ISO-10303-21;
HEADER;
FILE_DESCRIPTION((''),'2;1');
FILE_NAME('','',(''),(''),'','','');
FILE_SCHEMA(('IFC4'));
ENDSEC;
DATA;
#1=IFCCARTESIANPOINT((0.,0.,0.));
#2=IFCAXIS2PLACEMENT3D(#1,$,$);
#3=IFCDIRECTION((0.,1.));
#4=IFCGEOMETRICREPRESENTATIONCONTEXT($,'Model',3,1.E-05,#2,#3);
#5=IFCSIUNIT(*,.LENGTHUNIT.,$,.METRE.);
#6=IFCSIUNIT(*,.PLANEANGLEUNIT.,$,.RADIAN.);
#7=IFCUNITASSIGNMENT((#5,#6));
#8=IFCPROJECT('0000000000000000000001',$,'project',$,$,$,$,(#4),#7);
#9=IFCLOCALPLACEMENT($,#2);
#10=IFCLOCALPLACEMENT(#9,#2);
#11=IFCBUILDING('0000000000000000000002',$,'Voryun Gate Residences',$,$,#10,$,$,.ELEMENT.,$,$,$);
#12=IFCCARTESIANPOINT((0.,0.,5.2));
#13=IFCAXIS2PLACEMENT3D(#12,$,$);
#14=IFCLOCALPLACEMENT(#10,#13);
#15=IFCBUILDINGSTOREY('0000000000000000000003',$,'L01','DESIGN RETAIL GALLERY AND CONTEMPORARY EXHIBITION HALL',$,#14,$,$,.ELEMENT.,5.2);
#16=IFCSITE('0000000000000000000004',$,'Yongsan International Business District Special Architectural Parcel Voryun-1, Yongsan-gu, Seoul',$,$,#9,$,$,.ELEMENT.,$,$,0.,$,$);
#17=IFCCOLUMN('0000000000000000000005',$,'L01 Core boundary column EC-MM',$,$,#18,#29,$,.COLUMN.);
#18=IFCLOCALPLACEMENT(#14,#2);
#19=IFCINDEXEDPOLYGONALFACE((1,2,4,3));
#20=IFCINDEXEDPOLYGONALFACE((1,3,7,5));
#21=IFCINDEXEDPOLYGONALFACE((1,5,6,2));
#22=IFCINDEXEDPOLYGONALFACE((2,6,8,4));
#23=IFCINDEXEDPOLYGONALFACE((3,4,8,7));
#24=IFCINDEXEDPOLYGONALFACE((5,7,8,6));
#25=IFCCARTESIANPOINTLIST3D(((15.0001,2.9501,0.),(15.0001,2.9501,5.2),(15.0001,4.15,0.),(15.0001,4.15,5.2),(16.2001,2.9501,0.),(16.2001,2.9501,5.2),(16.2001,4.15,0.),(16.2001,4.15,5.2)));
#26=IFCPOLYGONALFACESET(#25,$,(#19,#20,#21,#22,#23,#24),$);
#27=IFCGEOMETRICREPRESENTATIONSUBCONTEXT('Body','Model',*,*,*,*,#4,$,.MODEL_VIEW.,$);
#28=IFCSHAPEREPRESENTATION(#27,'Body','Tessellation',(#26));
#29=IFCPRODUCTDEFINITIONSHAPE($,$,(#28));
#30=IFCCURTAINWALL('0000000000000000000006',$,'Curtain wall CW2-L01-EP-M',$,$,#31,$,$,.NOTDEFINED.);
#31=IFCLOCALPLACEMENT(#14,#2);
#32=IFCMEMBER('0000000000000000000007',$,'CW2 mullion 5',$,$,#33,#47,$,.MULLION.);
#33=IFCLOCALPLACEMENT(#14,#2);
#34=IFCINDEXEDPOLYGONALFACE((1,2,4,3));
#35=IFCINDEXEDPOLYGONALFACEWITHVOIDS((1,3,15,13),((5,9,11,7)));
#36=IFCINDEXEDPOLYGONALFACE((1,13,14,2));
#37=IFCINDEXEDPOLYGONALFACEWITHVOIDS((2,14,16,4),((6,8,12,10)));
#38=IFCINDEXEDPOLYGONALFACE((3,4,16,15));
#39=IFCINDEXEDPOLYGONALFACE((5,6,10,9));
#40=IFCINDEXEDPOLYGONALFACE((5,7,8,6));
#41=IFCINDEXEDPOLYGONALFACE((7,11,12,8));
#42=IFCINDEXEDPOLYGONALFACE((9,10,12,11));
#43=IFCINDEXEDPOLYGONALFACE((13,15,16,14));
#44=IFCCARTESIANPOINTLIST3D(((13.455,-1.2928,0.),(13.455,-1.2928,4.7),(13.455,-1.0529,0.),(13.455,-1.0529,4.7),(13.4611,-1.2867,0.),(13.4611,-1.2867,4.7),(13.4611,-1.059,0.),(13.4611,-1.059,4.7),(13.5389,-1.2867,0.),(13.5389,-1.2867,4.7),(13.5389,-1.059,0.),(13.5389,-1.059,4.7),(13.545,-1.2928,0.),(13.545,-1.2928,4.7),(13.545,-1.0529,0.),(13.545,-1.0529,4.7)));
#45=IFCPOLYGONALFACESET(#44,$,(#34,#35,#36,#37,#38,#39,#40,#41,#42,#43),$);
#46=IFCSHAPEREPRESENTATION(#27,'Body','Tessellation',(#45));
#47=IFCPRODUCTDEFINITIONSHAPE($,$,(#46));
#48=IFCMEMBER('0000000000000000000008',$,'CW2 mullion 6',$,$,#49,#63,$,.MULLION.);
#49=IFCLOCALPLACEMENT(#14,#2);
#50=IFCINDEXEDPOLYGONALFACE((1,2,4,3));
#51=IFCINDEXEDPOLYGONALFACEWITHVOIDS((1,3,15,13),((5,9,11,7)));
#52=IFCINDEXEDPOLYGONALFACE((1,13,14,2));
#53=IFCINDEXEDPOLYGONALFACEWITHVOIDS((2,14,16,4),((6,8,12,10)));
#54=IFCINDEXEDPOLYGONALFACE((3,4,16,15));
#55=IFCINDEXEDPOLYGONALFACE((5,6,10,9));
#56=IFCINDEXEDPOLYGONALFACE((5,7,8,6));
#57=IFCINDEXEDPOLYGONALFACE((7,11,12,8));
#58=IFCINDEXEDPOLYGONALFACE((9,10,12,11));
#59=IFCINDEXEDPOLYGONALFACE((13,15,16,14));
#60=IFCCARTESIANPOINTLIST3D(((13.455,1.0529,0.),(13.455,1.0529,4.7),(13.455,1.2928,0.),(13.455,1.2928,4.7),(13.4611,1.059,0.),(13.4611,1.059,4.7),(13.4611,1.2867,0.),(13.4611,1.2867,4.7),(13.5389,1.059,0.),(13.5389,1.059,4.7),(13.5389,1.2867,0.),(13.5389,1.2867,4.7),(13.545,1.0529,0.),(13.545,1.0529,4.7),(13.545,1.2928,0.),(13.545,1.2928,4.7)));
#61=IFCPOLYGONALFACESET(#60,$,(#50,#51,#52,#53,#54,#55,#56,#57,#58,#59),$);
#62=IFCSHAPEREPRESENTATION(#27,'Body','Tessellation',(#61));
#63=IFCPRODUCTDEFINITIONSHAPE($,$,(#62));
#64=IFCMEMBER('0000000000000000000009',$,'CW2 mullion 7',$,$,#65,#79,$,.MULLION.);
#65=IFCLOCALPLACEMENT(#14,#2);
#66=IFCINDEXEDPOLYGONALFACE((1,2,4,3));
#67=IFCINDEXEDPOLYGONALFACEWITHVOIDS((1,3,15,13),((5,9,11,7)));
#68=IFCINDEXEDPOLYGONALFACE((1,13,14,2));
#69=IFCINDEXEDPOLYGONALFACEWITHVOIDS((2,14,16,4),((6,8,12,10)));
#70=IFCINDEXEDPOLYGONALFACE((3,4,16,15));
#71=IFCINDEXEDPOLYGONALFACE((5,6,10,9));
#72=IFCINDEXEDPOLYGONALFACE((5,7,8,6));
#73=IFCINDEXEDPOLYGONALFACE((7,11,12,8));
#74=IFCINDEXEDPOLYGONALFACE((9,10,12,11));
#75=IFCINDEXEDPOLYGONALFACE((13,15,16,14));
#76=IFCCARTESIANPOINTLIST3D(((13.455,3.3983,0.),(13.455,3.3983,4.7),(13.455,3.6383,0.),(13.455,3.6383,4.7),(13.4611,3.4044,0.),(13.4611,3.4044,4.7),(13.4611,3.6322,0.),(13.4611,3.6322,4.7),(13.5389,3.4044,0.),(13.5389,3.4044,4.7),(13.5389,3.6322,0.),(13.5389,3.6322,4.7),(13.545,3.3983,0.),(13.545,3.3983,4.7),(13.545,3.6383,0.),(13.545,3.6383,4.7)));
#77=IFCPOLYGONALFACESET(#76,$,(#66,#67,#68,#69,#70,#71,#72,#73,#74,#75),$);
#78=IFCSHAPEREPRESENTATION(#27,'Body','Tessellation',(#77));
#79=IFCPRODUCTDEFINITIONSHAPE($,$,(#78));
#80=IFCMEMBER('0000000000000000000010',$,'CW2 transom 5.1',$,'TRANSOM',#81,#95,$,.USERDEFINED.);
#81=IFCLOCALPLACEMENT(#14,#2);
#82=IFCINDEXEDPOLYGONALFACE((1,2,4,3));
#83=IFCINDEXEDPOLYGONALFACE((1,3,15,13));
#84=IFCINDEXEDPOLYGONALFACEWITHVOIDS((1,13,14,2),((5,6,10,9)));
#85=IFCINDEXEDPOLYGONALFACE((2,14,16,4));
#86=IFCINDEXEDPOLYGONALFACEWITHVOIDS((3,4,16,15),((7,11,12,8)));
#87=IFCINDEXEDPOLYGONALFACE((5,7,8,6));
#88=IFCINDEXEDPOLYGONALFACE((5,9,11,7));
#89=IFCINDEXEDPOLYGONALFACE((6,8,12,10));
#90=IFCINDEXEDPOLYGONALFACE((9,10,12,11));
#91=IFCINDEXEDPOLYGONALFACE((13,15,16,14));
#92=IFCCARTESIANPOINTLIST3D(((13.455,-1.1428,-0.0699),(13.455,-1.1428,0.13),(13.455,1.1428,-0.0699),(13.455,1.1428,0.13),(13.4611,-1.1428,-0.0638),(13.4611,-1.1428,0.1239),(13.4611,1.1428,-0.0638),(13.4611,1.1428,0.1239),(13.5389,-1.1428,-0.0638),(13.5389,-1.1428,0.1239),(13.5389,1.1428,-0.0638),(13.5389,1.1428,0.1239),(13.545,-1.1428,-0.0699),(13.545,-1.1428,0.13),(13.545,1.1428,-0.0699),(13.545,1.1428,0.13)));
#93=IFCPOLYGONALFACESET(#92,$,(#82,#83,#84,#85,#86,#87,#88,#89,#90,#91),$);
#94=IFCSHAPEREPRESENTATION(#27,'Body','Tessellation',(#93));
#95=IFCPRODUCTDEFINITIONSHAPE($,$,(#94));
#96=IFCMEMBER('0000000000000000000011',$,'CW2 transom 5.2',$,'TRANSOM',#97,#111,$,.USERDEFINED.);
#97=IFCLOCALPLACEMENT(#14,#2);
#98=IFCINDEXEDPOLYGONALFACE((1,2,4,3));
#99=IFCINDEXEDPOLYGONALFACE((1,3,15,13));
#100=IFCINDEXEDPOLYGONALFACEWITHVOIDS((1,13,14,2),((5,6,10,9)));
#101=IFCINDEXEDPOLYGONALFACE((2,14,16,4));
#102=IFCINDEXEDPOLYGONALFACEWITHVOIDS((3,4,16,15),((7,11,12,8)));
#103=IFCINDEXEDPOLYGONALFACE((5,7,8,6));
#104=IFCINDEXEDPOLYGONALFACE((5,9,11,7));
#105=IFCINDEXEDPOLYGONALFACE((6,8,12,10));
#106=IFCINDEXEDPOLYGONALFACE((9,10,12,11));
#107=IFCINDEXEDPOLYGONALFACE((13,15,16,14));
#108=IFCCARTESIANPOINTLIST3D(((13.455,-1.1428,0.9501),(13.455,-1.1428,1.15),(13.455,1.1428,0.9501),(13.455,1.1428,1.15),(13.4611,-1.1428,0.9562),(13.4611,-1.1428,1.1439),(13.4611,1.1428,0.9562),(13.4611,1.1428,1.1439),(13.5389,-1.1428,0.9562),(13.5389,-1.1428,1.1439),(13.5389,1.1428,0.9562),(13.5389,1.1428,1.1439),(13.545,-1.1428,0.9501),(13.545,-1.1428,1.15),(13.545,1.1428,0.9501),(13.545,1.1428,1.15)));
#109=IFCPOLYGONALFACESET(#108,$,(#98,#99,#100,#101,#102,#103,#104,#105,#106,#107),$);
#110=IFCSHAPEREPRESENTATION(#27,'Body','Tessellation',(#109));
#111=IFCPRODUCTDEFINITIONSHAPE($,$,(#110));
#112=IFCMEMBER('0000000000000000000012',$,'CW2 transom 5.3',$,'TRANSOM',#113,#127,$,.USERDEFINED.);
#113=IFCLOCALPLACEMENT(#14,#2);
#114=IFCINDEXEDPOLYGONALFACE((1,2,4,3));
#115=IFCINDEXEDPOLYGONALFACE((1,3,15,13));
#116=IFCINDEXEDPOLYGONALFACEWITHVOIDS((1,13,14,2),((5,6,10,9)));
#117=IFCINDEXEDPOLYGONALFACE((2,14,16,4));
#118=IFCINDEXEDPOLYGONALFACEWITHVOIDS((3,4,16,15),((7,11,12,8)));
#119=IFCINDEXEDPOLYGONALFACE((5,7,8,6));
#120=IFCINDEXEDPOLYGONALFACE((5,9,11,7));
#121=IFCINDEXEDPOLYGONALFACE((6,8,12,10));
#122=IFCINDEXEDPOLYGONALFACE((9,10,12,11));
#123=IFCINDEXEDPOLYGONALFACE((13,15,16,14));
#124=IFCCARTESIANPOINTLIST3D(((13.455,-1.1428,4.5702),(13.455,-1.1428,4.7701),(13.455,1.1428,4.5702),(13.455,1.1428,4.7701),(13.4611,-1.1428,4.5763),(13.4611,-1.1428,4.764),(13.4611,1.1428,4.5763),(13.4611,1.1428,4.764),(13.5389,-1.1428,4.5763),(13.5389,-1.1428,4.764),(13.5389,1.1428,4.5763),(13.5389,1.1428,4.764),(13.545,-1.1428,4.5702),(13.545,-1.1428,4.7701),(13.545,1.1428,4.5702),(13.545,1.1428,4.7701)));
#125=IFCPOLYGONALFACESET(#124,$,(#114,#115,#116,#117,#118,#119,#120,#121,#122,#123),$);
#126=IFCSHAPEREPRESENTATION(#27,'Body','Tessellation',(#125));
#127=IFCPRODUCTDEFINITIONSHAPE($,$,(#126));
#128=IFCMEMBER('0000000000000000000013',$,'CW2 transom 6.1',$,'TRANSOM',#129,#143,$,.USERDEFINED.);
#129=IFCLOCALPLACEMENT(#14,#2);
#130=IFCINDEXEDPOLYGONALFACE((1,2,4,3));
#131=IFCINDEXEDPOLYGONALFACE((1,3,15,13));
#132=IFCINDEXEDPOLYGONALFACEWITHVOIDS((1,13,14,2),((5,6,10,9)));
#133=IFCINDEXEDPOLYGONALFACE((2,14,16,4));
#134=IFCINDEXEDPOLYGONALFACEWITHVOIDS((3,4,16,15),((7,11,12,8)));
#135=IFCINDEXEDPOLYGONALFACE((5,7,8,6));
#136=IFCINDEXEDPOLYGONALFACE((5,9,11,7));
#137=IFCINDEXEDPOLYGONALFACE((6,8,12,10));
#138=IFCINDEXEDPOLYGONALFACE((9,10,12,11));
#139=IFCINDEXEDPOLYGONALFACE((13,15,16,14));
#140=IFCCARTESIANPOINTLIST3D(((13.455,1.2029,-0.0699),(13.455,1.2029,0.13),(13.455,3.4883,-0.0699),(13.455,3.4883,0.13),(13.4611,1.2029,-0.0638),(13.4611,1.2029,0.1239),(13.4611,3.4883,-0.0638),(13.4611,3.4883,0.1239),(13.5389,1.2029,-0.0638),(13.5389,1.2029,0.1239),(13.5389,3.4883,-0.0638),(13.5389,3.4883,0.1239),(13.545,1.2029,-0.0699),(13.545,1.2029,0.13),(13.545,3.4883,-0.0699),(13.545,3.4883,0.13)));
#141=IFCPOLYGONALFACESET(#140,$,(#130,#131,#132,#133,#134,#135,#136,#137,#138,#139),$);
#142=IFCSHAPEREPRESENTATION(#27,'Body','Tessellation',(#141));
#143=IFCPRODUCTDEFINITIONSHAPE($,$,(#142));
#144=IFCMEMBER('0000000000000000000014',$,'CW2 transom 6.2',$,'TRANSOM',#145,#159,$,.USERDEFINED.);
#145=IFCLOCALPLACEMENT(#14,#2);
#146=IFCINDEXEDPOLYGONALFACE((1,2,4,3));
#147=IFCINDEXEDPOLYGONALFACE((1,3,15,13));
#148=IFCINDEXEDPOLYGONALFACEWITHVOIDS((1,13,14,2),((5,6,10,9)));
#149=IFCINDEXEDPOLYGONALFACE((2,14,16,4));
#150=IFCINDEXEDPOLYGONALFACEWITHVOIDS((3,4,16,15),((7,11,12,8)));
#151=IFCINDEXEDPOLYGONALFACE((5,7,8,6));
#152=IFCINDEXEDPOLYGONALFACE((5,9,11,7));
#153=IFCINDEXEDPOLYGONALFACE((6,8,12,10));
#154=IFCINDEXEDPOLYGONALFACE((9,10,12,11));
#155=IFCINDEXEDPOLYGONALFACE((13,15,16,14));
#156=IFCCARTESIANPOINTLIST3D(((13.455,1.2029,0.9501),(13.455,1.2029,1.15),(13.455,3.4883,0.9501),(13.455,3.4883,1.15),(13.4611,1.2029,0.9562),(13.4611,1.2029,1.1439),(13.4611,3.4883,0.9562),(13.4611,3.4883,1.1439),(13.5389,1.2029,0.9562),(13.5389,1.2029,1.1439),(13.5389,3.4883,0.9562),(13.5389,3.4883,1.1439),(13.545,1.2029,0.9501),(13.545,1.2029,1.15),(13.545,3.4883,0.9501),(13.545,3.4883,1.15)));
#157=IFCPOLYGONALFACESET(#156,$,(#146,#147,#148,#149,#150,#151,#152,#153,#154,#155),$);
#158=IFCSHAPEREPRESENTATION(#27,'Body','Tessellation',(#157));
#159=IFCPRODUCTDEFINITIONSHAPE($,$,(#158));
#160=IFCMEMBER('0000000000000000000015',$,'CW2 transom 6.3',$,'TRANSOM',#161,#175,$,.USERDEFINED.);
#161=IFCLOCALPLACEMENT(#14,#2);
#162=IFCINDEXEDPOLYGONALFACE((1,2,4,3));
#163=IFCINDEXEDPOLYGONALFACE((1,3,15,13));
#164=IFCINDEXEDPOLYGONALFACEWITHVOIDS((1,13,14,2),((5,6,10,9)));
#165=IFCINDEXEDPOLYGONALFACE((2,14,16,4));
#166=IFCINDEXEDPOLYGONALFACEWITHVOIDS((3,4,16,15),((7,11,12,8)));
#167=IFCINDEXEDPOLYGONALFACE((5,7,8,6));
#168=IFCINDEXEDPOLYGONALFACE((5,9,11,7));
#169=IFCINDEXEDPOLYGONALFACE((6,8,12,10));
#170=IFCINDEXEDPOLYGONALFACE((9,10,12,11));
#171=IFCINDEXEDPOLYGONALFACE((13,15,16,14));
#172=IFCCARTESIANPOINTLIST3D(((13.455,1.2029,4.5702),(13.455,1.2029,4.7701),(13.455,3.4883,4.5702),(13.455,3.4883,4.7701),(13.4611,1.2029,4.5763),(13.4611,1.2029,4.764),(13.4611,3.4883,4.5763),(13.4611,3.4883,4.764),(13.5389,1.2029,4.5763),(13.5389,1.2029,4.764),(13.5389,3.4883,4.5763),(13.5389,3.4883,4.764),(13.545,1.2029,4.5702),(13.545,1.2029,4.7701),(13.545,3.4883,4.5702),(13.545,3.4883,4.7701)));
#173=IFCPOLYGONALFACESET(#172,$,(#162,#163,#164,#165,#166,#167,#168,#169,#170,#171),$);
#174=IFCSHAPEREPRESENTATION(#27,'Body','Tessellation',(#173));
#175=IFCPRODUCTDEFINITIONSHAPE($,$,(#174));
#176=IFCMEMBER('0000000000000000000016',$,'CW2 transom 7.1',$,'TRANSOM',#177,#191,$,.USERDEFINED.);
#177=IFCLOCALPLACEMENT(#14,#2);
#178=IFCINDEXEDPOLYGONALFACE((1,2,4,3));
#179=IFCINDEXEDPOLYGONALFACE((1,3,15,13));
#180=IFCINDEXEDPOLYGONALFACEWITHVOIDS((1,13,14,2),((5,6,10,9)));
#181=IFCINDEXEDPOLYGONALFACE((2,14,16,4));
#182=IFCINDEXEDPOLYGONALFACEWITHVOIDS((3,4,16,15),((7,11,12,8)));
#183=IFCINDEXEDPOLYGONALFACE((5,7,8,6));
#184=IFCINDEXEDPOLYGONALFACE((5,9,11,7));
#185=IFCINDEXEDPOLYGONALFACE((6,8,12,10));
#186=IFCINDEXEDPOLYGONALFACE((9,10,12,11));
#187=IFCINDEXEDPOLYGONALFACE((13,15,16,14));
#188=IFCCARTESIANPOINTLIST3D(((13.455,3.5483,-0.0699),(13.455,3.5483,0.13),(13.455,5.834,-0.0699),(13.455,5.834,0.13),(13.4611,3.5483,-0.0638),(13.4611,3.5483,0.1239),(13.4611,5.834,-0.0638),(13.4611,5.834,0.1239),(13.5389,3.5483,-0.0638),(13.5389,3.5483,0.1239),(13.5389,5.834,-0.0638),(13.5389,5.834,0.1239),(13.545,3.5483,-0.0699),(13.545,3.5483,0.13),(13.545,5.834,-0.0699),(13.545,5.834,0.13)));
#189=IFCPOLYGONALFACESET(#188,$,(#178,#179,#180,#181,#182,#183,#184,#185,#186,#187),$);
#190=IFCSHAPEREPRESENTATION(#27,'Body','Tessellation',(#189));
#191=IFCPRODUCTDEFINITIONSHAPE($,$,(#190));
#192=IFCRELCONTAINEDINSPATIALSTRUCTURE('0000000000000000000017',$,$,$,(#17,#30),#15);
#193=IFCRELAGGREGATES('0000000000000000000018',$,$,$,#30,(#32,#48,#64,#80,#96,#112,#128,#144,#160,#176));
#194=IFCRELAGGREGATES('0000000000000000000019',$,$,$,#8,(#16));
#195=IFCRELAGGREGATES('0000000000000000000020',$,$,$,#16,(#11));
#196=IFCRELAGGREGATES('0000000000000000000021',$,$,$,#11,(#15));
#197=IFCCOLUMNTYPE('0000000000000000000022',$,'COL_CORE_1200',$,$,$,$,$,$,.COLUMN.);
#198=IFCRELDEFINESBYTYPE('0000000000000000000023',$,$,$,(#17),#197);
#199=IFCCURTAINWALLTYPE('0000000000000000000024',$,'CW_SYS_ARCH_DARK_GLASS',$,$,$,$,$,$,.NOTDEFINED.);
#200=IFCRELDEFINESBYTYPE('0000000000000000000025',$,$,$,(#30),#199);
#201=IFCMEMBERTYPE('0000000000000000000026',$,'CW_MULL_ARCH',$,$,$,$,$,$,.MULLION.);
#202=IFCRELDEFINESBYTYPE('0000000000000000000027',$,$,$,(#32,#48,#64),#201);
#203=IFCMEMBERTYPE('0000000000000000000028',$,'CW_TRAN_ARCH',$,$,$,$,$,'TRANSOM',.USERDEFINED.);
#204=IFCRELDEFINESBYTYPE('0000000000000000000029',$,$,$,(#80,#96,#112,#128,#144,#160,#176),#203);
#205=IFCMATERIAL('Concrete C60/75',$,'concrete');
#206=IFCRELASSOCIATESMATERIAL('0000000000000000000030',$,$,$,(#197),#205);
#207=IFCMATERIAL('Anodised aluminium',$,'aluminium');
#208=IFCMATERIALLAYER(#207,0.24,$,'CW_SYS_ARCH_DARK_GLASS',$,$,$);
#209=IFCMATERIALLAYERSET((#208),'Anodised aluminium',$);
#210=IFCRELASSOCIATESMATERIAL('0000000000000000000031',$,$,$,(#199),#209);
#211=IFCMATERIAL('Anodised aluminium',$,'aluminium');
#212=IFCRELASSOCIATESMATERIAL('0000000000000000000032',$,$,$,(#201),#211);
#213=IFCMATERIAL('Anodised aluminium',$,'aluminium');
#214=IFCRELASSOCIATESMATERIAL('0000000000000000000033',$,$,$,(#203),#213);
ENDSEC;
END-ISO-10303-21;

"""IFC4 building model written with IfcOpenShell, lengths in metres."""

from ifc_helpers import new_model, si_unit, direction, frame, origin, origin_2d, place, context, subcontext, project, spatial, rectangle, hollow_rectangle, extrude, material, layer, layer_set, material_profile, profile_set, type_object, element, aggregate, save


model = new_model("IFC4")

# Units and contexts
model_context = context("Model", 3, precision=1e-05, world=origin(), true_north=direction((0.0, 1.0)))
body_context = subcontext(model_context, "Body", "Model", "MODEL_VIEW")
ifc_project = project(units=[si_unit("LENGTHUNIT", "METRE"), si_unit("PLANEANGLEUNIT", "RADIAN")], contexts=[model_context])

# Site, building, storey
site_placement = place(None, origin())
site = spatial("IfcSite", under=ifc_project, at=site_placement, Name="Yongsan International Business District Special Architectural Parcel Voryun-1, Yongsan-gu, Seoul", CompositionType="ELEMENT", RefElevation=0.0)
building_placement = place(site_placement, origin())
building = spatial("IfcBuilding", under=site, at=building_placement, Name="Voryun Gate Residences", CompositionType="ELEMENT")
storey_placement = place(building_placement, frame((0.0, 0.0, 5.2)))
storey = spatial("IfcBuildingStorey", under=building, at=storey_placement, Name="L01", Description="DESIGN RETAIL GALLERY AND CONTEMPORARY EXHIBITION HALL", CompositionType="ELEMENT", Elevation=5.2)

# Column
ifc_material_1 = material(Name="Concrete C60/75", Category="concrete")
ifc_material_profile_1 = material_profile(ifc_material_1, rectangle(XDim=1.2, YDim=1.2, at=origin_2d()), Name="RC-1200x1200")
ifc_profile_set_1 = profile_set([ifc_material_profile_1], Name="Concrete C60/75")
column_type = type_object("IfcColumnType", Name="COL_CORE_1200", PredefinedType="COLUMN", material=ifc_profile_set_1)
column_placement = place(storey_placement, frame((15.6001, 3.55, 0.0), z_axis=(0.0, 0.0, 1.0), x_axis=(1.0, 0.0, 0.0)))
element("IfcColumn", 1, at=column_placement, inside=storey, type_object=column_type, Name="L01 Core boundary column EC-MM", PredefinedType="COLUMN", context=body_context, shape_type="SweptSolid", body=[
    extrude(rectangle(XDim=1.2, YDim=1.2, at=origin_2d()), origin(), (0.0, 0.0, 1.0), 5.2),
])

# Curtain wall, members
ifc_material_2 = material(Name="Anodised aluminium", Category="aluminium")
ifc_layer_1 = layer(ifc_material_2, 0.24, Name="CW_SYS_ARCH_DARK_GLASS")
ifc_layer_set_1 = layer_set([ifc_layer_1], Name="Anodised aluminium")
curtain_wall_type = type_object("IfcCurtainWallType", Name="CW_SYS_ARCH_DARK_GLASS", PredefinedType="NOTDEFINED", material=ifc_layer_set_1)
curtain_wall_placement = place(storey_placement, origin())
curtain_wall = element("IfcCurtainWall", 2, at=curtain_wall_placement, inside=storey, type_object=curtain_wall_type, Name="Curtain wall CW2-L01-EP-M", PredefinedType="NOTDEFINED")
ifc_material_3 = material(Name="Anodised aluminium", Category="aluminium")
ifc_material_profile_2 = material_profile(ifc_material_3, hollow_rectangle(XDim=0.0901, YDim=0.24, WallThickness=0.0061, at=origin_2d()), Name="ALU-MULL-240x90x6")
ifc_profile_set_2 = profile_set([ifc_material_profile_2], Name="Anodised aluminium")
member_type_1 = type_object("IfcMemberType", Name="CW_MULL_ARCH", PredefinedType="MULLION", material=ifc_profile_set_2)
member_1_placement = place(storey_placement, frame((13.5, -1.1729, 0.0), z_axis=(0.0, 0.0, 1.0), x_axis=(-1.0, 0.0, 0.0)))
member_1 = element("IfcMember", 3, at=member_1_placement, type_object=member_type_1, Name="CW2 mullion 5", PredefinedType="MULLION", context=body_context, shape_type="SweptSolid", body=[
    extrude(hollow_rectangle(XDim=0.0901, YDim=0.24, WallThickness=0.0061, at=origin_2d()), origin(), (0.0, 0.0, 1.0), 4.7),
])
member_2_placement = place(storey_placement, frame((13.5, 1.1729, 0.0), z_axis=(0.0, 0.0, 1.0), x_axis=(-1.0, 0.0, 0.0)))
member_2 = element("IfcMember", 4, at=member_2_placement, type_object=member_type_1, Name="CW2 mullion 6", PredefinedType="MULLION", context=body_context, shape_type="SweptSolid", body=[
    extrude(hollow_rectangle(XDim=0.0901, YDim=0.24, WallThickness=0.0061, at=origin_2d()), origin(), (0.0, 0.0, 1.0), 4.7),
])
member_3_placement = place(storey_placement, frame((13.5, 3.5183, 0.0), z_axis=(0.0, 0.0, 1.0), x_axis=(-1.0, 0.0, 0.0)))
member_3 = element("IfcMember", 5, at=member_3_placement, type_object=member_type_1, Name="CW2 mullion 7", PredefinedType="MULLION", context=body_context, shape_type="SweptSolid", body=[
    extrude(hollow_rectangle(XDim=0.0901, YDim=0.24, WallThickness=0.0061, at=origin_2d()), origin(), (0.0, 0.0, 1.0), 4.7),
])
ifc_material_4 = material(Name="Anodised aluminium", Category="aluminium")
ifc_material_profile_3 = material_profile(ifc_material_4, hollow_rectangle(XDim=0.0901, YDim=0.2, WallThickness=0.0061, at=origin_2d()), Name="ALU-TRAN-200x90x6")
ifc_profile_set_3 = profile_set([ifc_material_profile_3], Name="Anodised aluminium")
member_type_2 = type_object("IfcMemberType", Name="CW_TRAN_ARCH", ElementType="TRANSOM", PredefinedType="USERDEFINED", material=ifc_profile_set_3)
member_4_placement = place(storey_placement, frame((13.5, -1.1428, 0.03), z_axis=(0.0, 1.0, 0.0), x_axis=(-1.0, 0.0, 0.0)))
member_4 = element("IfcMember", 6, at=member_4_placement, type_object=member_type_2, Name="CW2 transom 5.1", ObjectType="TRANSOM", PredefinedType="USERDEFINED", context=body_context, shape_type="SweptSolid", body=[
    extrude(hollow_rectangle(XDim=0.0901, YDim=0.2, WallThickness=0.0061, at=origin_2d()), origin(), (0.0, 0.0, 1.0), 2.2856),
])
member_5_placement = place(storey_placement, frame((13.5, -1.1428, 1.05), z_axis=(0.0, 1.0, 0.0), x_axis=(-1.0, 0.0, 0.0)))
member_5 = element("IfcMember", 7, at=member_5_placement, type_object=member_type_2, Name="CW2 transom 5.2", ObjectType="TRANSOM", PredefinedType="USERDEFINED", context=body_context, shape_type="SweptSolid", body=[
    extrude(hollow_rectangle(XDim=0.0901, YDim=0.2, WallThickness=0.0061, at=origin_2d()), origin(), (0.0, 0.0, 1.0), 2.2856),
])
member_6_placement = place(storey_placement, frame((13.5, -1.1428, 4.6702), z_axis=(0.0, 1.0, 0.0), x_axis=(-1.0, 0.0, 0.0)))
member_6 = element("IfcMember", 8, at=member_6_placement, type_object=member_type_2, Name="CW2 transom 5.3", ObjectType="TRANSOM", PredefinedType="USERDEFINED", context=body_context, shape_type="SweptSolid", body=[
    extrude(hollow_rectangle(XDim=0.0901, YDim=0.2, WallThickness=0.0061, at=origin_2d()), origin(), (0.0, 0.0, 1.0), 2.2856),
])
member_7_placement = place(storey_placement, frame((13.5, 1.2029, 0.03), z_axis=(0.0, 1.0, 0.0), x_axis=(-1.0, 0.0, 0.0)))
member_7 = element("IfcMember", 9, at=member_7_placement, type_object=member_type_2, Name="CW2 transom 6.1", ObjectType="TRANSOM", PredefinedType="USERDEFINED", context=body_context, shape_type="SweptSolid", body=[
    extrude(hollow_rectangle(XDim=0.0901, YDim=0.2, WallThickness=0.0061, at=origin_2d()), origin(), (0.0, 0.0, 1.0), 2.2854),
])
member_8_placement = place(storey_placement, frame((13.5, 1.2029, 1.05), z_axis=(0.0, 1.0, 0.0), x_axis=(-1.0, 0.0, 0.0)))
member_8 = element("IfcMember", 10, at=member_8_placement, type_object=member_type_2, Name="CW2 transom 6.2", ObjectType="TRANSOM", PredefinedType="USERDEFINED", context=body_context, shape_type="SweptSolid", body=[
    extrude(hollow_rectangle(XDim=0.0901, YDim=0.2, WallThickness=0.0061, at=origin_2d()), origin(), (0.0, 0.0, 1.0), 2.2854),
])
member_9_placement = place(storey_placement, frame((13.5, 1.2029, 4.6702), z_axis=(0.0, 1.0, 0.0), x_axis=(-1.0, 0.0, 0.0)))
member_9 = element("IfcMember", 11, at=member_9_placement, type_object=member_type_2, Name="CW2 transom 6.3", ObjectType="TRANSOM", PredefinedType="USERDEFINED", context=body_context, shape_type="SweptSolid", body=[
    extrude(hollow_rectangle(XDim=0.0901, YDim=0.2, WallThickness=0.0061, at=origin_2d()), origin(), (0.0, 0.0, 1.0), 2.2854),
])
member_10_placement = place(storey_placement, frame((13.5, 3.5483, 0.03), z_axis=(0.0, 1.0, 0.0), x_axis=(-1.0, 0.0, 0.0)))
member_10 = element("IfcMember", 12, at=member_10_placement, type_object=member_type_2, Name="CW2 transom 7.1", ObjectType="TRANSOM", PredefinedType="USERDEFINED", context=body_context, shape_type="SweptSolid", body=[
    extrude(hollow_rectangle(XDim=0.0901, YDim=0.2, WallThickness=0.0061, at=origin_2d()), origin(), (0.0, 0.0, 1.0), 2.2856),
])
aggregate(curtain_wall, [member_1, member_2, member_3, member_4, member_5, member_6, member_7, member_8, member_9, member_10])

save(model, "model.ifc")
